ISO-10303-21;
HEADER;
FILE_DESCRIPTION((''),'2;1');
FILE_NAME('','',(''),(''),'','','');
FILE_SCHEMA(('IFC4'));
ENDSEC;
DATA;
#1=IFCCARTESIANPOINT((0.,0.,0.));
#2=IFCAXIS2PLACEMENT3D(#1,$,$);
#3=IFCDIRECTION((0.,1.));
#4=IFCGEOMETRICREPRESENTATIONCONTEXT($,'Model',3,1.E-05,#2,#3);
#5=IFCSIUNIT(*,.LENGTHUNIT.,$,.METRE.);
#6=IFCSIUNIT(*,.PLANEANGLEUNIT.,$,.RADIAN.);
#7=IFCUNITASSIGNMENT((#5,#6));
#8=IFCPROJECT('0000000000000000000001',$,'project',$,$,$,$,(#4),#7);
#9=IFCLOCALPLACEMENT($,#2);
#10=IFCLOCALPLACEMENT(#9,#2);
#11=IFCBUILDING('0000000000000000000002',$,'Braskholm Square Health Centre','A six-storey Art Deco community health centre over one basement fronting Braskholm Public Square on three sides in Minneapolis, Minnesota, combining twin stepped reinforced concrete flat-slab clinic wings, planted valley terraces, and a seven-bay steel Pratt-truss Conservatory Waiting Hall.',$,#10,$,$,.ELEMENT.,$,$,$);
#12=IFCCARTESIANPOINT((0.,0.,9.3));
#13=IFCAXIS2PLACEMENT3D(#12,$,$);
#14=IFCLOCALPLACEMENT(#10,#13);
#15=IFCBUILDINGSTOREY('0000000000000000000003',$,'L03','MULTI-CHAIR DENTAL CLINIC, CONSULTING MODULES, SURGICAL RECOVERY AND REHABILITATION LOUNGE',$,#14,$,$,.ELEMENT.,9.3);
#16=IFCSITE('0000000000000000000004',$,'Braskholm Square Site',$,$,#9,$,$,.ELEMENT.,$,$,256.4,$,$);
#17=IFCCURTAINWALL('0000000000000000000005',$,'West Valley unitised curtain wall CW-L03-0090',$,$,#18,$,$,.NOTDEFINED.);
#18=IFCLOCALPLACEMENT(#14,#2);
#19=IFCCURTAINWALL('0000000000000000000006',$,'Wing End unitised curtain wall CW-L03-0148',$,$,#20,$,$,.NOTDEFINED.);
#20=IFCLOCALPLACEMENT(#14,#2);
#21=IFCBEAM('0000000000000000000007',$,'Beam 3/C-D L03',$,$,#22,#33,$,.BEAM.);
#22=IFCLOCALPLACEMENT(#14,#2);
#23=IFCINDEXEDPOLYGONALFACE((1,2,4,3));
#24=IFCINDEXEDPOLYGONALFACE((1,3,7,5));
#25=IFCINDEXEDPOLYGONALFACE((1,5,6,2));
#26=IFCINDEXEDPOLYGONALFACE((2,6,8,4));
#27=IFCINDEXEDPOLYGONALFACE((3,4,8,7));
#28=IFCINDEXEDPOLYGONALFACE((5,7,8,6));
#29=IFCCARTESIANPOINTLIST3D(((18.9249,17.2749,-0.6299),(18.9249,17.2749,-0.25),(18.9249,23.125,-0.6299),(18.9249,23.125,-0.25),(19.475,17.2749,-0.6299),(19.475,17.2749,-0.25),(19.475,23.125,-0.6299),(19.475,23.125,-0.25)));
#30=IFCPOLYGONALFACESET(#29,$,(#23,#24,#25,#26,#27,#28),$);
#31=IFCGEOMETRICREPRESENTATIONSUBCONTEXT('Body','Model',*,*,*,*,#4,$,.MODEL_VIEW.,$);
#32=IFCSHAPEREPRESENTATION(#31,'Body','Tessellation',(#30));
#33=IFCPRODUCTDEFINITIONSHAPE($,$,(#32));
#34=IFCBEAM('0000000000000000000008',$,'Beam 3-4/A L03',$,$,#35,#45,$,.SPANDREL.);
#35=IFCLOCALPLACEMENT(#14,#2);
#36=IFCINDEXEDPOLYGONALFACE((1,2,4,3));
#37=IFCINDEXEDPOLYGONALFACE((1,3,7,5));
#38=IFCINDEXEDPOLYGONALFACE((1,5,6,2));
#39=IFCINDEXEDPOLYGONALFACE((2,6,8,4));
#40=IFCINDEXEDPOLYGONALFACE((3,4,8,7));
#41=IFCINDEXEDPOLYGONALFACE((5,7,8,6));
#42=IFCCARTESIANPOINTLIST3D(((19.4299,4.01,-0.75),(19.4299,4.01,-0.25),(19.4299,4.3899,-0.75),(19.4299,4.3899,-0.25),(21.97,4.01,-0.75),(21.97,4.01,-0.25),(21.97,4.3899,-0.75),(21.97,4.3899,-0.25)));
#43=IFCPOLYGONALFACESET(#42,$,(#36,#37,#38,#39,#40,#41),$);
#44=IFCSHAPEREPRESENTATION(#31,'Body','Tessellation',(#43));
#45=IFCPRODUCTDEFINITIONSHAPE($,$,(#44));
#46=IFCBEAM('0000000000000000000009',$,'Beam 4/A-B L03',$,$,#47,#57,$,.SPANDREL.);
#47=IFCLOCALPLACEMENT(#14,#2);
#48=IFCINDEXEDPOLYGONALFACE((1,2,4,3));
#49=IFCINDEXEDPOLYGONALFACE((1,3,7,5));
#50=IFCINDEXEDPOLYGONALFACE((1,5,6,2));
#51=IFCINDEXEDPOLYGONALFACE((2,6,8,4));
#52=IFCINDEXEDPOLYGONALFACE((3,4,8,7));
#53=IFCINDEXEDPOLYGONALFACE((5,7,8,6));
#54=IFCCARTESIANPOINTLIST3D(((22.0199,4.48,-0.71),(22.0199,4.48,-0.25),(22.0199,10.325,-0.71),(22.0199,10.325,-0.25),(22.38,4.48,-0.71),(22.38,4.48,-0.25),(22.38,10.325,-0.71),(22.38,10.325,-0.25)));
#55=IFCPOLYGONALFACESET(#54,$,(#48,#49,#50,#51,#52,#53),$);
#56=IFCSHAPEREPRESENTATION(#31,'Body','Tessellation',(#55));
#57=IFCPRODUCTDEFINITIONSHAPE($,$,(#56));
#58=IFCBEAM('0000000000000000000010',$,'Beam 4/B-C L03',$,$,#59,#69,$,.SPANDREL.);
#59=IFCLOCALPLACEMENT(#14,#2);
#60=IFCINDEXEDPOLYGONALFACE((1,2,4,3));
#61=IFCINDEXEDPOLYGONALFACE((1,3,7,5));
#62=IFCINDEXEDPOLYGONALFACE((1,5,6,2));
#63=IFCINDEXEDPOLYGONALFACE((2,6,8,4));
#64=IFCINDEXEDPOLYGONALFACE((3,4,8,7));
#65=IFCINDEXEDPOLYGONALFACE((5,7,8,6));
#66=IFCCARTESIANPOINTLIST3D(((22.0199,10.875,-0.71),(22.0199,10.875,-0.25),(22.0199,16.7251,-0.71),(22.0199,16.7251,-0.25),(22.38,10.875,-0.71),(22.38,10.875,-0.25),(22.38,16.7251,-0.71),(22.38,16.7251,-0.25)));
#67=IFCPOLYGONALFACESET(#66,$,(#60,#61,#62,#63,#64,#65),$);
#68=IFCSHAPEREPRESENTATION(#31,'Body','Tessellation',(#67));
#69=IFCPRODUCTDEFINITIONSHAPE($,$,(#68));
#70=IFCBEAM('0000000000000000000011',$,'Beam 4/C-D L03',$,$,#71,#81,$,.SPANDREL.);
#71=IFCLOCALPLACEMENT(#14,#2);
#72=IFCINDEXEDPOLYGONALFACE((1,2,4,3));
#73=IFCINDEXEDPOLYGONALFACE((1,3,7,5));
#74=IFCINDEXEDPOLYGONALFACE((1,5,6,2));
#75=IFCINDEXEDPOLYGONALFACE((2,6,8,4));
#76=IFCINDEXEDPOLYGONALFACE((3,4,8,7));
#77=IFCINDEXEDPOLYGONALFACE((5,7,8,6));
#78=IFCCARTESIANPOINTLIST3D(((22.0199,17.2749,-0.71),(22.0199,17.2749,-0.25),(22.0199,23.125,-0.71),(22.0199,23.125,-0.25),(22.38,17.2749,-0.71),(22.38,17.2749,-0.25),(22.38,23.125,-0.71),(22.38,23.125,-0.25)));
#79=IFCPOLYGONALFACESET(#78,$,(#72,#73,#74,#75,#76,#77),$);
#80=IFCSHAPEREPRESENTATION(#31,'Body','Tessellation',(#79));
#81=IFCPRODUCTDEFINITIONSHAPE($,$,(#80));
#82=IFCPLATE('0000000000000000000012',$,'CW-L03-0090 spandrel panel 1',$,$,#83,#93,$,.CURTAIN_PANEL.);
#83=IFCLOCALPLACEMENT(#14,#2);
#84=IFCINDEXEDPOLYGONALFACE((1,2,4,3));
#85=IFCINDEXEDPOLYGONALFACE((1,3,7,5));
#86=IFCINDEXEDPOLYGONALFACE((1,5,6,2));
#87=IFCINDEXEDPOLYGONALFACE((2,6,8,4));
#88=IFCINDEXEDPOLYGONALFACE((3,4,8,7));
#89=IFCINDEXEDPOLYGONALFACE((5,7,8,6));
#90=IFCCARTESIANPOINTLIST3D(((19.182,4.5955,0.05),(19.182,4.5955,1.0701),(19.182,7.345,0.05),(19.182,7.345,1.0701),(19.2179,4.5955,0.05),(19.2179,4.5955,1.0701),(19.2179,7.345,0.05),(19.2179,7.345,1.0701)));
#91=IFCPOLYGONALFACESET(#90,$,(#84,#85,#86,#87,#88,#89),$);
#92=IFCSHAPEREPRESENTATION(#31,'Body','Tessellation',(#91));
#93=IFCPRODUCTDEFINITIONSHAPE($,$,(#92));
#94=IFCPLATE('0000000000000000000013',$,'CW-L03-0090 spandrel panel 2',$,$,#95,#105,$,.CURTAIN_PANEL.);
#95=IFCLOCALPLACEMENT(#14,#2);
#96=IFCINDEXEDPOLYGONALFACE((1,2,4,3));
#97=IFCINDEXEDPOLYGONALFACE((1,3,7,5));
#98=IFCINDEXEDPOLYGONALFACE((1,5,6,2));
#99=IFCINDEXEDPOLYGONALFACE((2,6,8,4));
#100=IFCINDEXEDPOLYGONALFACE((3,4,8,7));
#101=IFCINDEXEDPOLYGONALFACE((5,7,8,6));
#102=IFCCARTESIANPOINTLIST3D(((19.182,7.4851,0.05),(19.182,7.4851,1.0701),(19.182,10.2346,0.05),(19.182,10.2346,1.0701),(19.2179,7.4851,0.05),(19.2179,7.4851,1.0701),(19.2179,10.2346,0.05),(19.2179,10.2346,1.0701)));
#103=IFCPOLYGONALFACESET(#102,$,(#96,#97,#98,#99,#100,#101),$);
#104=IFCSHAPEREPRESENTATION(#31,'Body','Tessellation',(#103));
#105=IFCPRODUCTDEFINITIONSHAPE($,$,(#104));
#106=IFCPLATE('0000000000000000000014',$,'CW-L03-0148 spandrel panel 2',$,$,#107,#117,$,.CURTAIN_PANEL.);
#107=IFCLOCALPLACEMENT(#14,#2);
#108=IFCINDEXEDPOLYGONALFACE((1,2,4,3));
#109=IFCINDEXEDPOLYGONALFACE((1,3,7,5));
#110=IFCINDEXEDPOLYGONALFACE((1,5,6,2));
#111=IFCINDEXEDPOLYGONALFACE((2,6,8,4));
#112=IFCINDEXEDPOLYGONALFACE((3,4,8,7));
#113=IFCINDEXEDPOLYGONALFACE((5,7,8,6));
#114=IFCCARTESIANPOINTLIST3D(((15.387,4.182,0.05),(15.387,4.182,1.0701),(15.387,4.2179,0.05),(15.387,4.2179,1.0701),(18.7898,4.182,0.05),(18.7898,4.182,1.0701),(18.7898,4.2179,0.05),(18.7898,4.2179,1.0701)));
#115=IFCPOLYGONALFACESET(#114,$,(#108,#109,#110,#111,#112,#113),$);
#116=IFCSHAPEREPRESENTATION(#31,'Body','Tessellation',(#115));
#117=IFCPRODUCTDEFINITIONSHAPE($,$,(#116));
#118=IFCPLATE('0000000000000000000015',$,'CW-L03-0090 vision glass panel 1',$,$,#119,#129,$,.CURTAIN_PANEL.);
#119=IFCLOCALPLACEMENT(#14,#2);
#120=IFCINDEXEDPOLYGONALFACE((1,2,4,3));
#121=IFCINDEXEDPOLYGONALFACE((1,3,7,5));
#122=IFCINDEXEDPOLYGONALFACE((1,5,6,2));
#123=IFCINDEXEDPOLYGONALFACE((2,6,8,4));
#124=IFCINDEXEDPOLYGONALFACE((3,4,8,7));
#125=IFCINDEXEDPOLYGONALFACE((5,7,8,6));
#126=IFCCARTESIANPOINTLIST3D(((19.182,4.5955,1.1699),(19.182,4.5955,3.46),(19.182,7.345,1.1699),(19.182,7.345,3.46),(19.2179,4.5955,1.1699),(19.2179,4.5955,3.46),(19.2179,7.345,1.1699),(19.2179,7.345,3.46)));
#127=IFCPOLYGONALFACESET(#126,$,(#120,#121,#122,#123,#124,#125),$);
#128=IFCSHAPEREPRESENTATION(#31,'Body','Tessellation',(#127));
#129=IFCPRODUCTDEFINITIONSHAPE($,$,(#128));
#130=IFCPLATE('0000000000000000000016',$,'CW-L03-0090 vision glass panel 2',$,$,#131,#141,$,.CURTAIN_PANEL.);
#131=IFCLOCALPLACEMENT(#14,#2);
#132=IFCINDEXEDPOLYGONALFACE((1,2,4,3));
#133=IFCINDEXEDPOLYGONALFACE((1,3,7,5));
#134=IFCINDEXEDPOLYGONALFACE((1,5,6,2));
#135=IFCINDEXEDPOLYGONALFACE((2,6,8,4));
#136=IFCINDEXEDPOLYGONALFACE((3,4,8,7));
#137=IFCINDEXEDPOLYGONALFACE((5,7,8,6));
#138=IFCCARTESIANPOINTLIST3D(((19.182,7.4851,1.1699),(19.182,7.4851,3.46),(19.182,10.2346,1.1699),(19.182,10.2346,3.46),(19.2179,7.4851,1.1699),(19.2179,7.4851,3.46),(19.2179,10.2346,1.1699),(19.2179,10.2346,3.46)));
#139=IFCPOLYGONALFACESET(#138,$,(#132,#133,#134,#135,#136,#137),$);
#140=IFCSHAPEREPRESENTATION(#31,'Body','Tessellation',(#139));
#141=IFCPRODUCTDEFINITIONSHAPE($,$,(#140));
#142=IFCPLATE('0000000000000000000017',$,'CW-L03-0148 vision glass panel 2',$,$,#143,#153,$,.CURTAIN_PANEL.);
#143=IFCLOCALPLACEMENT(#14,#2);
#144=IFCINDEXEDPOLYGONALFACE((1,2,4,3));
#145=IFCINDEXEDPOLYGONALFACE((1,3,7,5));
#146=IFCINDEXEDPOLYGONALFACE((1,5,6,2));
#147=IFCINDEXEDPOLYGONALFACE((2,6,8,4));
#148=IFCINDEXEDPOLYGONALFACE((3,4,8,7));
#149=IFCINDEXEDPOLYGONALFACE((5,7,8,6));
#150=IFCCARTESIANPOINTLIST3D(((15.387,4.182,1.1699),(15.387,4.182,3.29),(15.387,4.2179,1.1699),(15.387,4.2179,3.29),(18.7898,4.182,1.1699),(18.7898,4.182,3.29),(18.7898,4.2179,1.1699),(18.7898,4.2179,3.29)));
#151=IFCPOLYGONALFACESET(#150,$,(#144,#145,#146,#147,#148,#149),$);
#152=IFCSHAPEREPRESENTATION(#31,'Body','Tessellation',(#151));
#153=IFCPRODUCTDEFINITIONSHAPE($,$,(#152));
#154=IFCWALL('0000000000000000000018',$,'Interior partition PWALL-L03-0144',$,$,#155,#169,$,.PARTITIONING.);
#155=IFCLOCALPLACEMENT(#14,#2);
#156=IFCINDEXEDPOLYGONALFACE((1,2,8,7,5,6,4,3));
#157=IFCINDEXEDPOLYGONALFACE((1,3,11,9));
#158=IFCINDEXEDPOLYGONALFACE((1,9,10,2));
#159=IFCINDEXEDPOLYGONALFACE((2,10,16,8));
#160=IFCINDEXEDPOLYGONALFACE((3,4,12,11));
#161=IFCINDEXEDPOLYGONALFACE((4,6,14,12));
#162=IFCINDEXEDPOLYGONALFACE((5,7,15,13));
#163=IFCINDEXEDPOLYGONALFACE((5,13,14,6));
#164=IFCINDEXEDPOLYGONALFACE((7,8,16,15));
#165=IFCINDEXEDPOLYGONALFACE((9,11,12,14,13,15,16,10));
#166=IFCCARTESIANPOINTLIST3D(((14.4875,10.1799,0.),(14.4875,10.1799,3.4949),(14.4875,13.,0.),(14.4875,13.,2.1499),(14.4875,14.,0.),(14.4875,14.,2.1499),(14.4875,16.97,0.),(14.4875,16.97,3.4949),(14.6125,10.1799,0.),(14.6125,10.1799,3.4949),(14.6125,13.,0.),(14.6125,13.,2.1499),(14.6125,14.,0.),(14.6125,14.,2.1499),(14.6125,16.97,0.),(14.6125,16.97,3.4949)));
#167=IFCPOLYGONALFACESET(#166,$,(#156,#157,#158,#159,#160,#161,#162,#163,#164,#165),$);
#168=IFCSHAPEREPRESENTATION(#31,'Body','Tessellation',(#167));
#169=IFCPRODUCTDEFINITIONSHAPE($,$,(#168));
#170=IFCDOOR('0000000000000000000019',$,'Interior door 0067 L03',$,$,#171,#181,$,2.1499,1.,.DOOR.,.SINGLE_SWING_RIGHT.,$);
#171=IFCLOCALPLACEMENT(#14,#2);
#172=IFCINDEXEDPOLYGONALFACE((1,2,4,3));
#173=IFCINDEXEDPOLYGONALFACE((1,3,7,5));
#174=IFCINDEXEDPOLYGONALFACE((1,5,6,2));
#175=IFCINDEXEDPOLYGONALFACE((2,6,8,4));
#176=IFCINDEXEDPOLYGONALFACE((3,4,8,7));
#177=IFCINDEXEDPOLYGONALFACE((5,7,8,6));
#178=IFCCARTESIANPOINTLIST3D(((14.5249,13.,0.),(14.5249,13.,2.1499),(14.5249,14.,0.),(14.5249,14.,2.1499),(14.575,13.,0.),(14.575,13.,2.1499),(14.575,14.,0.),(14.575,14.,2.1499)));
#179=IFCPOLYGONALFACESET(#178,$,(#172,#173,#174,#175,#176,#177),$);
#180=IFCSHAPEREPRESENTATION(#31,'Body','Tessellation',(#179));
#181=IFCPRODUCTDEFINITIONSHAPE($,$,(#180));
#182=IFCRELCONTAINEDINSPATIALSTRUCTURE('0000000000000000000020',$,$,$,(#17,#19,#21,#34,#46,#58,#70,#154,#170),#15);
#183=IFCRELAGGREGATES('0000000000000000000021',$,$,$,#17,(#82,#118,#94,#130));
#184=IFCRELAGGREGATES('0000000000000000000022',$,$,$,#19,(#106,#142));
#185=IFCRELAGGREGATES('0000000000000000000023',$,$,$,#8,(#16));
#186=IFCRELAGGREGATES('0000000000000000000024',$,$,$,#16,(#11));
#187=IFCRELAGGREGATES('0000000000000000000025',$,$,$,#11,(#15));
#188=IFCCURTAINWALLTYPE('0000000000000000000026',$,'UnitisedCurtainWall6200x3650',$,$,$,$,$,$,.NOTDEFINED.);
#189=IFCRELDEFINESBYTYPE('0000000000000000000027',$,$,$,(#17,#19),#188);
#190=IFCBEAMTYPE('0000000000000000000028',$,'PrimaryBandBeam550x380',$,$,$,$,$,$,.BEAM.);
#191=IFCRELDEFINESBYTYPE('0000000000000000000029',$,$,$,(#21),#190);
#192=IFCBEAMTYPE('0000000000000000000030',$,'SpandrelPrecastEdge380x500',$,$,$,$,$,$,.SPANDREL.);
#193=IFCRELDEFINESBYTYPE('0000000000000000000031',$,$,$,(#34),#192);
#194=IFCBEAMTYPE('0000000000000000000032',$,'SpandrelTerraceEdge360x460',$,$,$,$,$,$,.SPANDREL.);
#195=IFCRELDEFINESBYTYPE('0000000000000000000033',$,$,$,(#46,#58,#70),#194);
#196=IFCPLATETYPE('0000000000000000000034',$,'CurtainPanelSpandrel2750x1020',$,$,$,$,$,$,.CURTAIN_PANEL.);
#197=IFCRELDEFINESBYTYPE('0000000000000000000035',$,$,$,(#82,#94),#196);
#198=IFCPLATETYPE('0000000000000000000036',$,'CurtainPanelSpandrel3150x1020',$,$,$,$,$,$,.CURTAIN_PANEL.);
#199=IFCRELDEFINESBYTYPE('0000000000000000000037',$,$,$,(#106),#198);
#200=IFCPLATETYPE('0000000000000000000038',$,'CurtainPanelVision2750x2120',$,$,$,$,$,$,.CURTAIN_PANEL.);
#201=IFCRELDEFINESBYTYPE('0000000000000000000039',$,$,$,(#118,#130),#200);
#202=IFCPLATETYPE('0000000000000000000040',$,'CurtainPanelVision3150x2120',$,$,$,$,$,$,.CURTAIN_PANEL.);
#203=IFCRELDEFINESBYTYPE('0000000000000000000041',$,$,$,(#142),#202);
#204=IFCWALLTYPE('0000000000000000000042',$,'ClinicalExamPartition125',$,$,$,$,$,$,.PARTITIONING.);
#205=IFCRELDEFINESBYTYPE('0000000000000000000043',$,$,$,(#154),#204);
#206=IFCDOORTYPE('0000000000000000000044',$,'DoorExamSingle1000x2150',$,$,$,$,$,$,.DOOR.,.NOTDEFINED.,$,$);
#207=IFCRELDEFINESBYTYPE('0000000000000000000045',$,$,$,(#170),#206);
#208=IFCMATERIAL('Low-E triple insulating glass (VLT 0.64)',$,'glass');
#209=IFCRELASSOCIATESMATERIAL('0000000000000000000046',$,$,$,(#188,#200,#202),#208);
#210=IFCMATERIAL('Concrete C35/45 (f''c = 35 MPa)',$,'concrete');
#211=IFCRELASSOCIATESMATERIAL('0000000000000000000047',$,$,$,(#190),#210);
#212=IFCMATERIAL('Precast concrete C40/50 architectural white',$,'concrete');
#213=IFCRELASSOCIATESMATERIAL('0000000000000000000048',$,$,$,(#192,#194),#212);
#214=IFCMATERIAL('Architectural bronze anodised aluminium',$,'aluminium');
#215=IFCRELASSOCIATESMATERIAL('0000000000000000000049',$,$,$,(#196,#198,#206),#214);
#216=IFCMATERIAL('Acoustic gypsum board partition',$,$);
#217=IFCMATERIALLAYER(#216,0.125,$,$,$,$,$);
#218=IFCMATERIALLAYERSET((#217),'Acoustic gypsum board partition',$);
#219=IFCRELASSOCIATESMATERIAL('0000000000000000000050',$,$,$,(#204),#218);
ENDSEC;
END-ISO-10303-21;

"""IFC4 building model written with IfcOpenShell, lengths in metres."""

from ifc_helpers import new_model, si_unit, direction, frame, frame_2d, origin, origin_2d, place, context, subcontext, project, spatial, rectangle, extrude, material, layer, layer_set, material_profile, profile_set, type_object, element, fill, aggregate, save


model = new_model("IFC4")

# Units and contexts
model_context = context("Model", 3, precision=1e-05, world=origin(), true_north=direction((0.0, 1.0)))
body_context = subcontext(model_context, "Body", "Model", "MODEL_VIEW")
ifc_project = project(units=[si_unit("LENGTHUNIT", "METRE"), si_unit("PLANEANGLEUNIT", "RADIAN")], contexts=[model_context])

# Site, building, storey
site_placement = place(None, origin())
site = spatial("IfcSite", under=ifc_project, at=site_placement, Name="Braskholm Square Site", CompositionType="ELEMENT", RefElevation=256.4)
building_placement = place(site_placement, origin())
building = spatial("IfcBuilding", under=site, at=building_placement, Name="Braskholm Square Health Centre", Description="A six-storey Art Deco community health centre over one basement fronting Braskholm Public Square on three sides in Minneapolis, Minnesota, combining twin stepped reinforced concrete flat-slab clinic wings, planted valley terraces, and a seven-bay steel Pratt-truss Conservatory Waiting Hall.", CompositionType="ELEMENT")
storey_placement = place(building_placement, frame((0.0, 0.0, 9.3)))
storey = spatial("IfcBuildingStorey", under=building, at=storey_placement, Name="L03", Description="MULTI-CHAIR DENTAL CLINIC, CONSULTING MODULES, SURGICAL RECOVERY AND REHABILITATION LOUNGE", CompositionType="ELEMENT", Elevation=9.3)

# Shared definitions
ifc_material_1 = material(Name="Precast concrete C40/50 architectural white", Category="concrete")

# Curtain walls
ifc_material_2 = material(Name="Low-E triple insulating glass (VLT 0.64)", Category="glass")
curtain_wall_type = type_object("IfcCurtainWallType", Name="UnitisedCurtainWall6200x3650", PredefinedType="NOTDEFINED", material=ifc_material_2)
curtain_wall_1_placement = place(storey_placement, origin())
curtain_wall_1 = element("IfcCurtainWall", 1, at=curtain_wall_1_placement, inside=storey, type_object=curtain_wall_type, Name="West Valley unitised curtain wall CW-L03-0090", PredefinedType="NOTDEFINED")
ifc_material_3 = material(Name="Architectural bronze anodised aluminium", Category="aluminium")
curtain_wall_2_placement = place(storey_placement, origin())
curtain_wall_2 = element("IfcCurtainWall", 2, at=curtain_wall_2_placement, inside=storey, type_object=curtain_wall_type, Name="Wing End unitised curtain wall CW-L03-0148", PredefinedType="NOTDEFINED")

# Beams
ifc_material_4 = material(Name="Concrete C35/45 (f'c = 35 MPa)", Category="concrete")
ifc_material_profile_1 = material_profile(ifc_material_4, rectangle(XDim=0.55, YDim=0.3799, at=origin_2d()), Name="RCB-550X380")
ifc_profile_set_1 = profile_set([ifc_material_profile_1], Name="Concrete C35/45 (f'c = 35 MPa)")
beam_type_1 = type_object("IfcBeamType", Name="PrimaryBandBeam550x380", PredefinedType="BEAM", material=ifc_profile_set_1)
for number, where, z_axis, x_axis, name in (
    (3, (19.2, 17.2749, -0.4399), (0.0, 1.0, 0.0), (-1.0, 0.0, 0.0), "Beam 3/C-D L03"),
):
    element("IfcBeam", number, at=place(storey_placement, frame(where, z_axis=z_axis, x_axis=x_axis)), inside=storey, type_object=beam_type_1, Name=name, PredefinedType="BEAM", context=body_context, shape_type="SweptSolid", body=[
        extrude(rectangle(XDim=0.55, YDim=0.3799, at=origin_2d()), origin(), (0.0, 0.0, 1.0), 5.8501),
    ])
ifc_material_profile_2 = material_profile(ifc_material_1, rectangle(XDim=0.3799, YDim=0.5, at=origin_2d()), Name="RCB-380X500")
ifc_profile_set_2 = profile_set([ifc_material_profile_2], Name="Precast concrete C40/50 architectural white")
beam_type_2 = type_object("IfcBeamType", Name="SpandrelPrecastEdge380x500", PredefinedType="SPANDREL", material=ifc_profile_set_2)
beam_1_placement = place(storey_placement, frame((19.4299, 4.2, -0.5), z_axis=(1.0, 0.0, 0.0), x_axis=(0.0, 1.0, 0.0)))
element("IfcBeam", 4, at=beam_1_placement, inside=storey, type_object=beam_type_2, Name="Beam 3-4/A L03", PredefinedType="SPANDREL", context=body_context, shape_type="SweptSolid", body=[
    extrude(rectangle(XDim=0.3799, YDim=0.5, at=origin_2d()), origin(), (0.0, 0.0, 1.0), 2.54),
])
ifc_material_profile_3 = material_profile(ifc_material_1, rectangle(XDim=0.3601, YDim=0.46, at=origin_2d()), Name="RCB-360X460")
ifc_profile_set_3 = profile_set([ifc_material_profile_3], Name="Precast concrete C40/50 architectural white")
beam_type_3 = type_object("IfcBeamType", Name="SpandrelTerraceEdge360x460", PredefinedType="SPANDREL", material=ifc_profile_set_3)
beam_2_placement = place(storey_placement, frame((22.2, 4.48, -0.48), z_axis=(0.0, 1.0, 0.0), x_axis=(-1.0, 0.0, 0.0)))
element("IfcBeam", 5, at=beam_2_placement, inside=storey, type_object=beam_type_3, Name="Beam 4/A-B L03", PredefinedType="SPANDREL", context=body_context, shape_type="SweptSolid", body=[
    extrude(rectangle(XDim=0.3601, YDim=0.46, at=origin_2d()), origin(), (0.0, 0.0, 1.0), 5.845),
])
for number, where, z_axis, x_axis, name in (
    (6, (22.2, 10.875, -0.48), (0.0, 1.0, 0.0), (-1.0, 0.0, 0.0), "Beam 4/B-C L03"),
    (7, (22.2, 17.2749, -0.48), (0.0, 1.0, 0.0), (-1.0, 0.0, 0.0), "Beam 4/C-D L03"),
):
    element("IfcBeam", number, at=place(storey_placement, frame(where, z_axis=z_axis, x_axis=x_axis)), inside=storey, type_object=beam_type_3, Name=name, PredefinedType="SPANDREL", context=body_context, shape_type="SweptSolid", body=[
        extrude(rectangle(XDim=0.3601, YDim=0.46, at=origin_2d()), origin(), (0.0, 0.0, 1.0), 5.8501),
    ])

# Plates
plate_type_1 = type_object("IfcPlateType", Name="CurtainPanelSpandrel2750x1020", PredefinedType="CURTAIN_PANEL", material=ifc_material_3)
plate_1_placement = place(storey_placement, frame((19.2, 5.9702, 0.05), z_axis=(0.0, 0.0, 1.0), x_axis=(0.0, 1.0, 0.0)))
plate_1 = element("IfcPlate", 8, at=plate_1_placement, type_object=plate_type_1, Name="CW-L03-0090 spandrel panel 1", PredefinedType="CURTAIN_PANEL", context=body_context, shape_type="SweptSolid", body=[
    extrude(rectangle(XDim=2.7495, YDim=0.0359, at=origin_2d()), origin(), (0.0, 0.0, 1.0), 1.02),
])
plate_2_placement = place(storey_placement, frame((19.2, 8.8599, 0.05), z_axis=(0.0, 0.0, 1.0), x_axis=(0.0, 1.0, 0.0)))
plate_2 = element("IfcPlate", 9, at=plate_2_placement, type_object=plate_type_1, Name="CW-L03-0090 spandrel panel 2", PredefinedType="CURTAIN_PANEL", context=body_context, shape_type="SweptSolid", body=[
    extrude(rectangle(XDim=2.7495, YDim=0.0359, at=origin_2d()), origin(), (0.0, 0.0, 1.0), 1.02),
])
plate_type_2 = type_object("IfcPlateType", Name="CurtainPanelSpandrel3150x1020", PredefinedType="CURTAIN_PANEL", material=ifc_material_3)
plate_3_placement = place(storey_placement, frame((17.0884, 4.2, 0.05), z_axis=(0.0, 0.0, 1.0), x_axis=(1.0, 0.0, 0.0)))
plate_3 = element("IfcPlate", 10, at=plate_3_placement, type_object=plate_type_2, Name="CW-L03-0148 spandrel panel 2", PredefinedType="CURTAIN_PANEL", context=body_context, shape_type="SweptSolid", body=[
    extrude(rectangle(XDim=3.4028, YDim=0.0359, at=origin_2d()), origin(), (0.0, 0.0, 1.0), 1.02),
])
plate_type_3 = type_object("IfcPlateType", Name="CurtainPanelVision2750x2120", PredefinedType="CURTAIN_PANEL", material=ifc_material_2)
plate_4_placement = place(storey_placement, frame((19.2, 5.9702, 1.1699), z_axis=(0.0, 0.0, 1.0), x_axis=(0.0, 1.0, 0.0)))
plate_4 = element("IfcPlate", 11, at=plate_4_placement, type_object=plate_type_3, Name="CW-L03-0090 vision glass panel 1", PredefinedType="CURTAIN_PANEL", context=body_context, shape_type="SweptSolid", body=[
    extrude(rectangle(XDim=2.7495, YDim=0.0359, at=origin_2d()), origin(), (0.0, 0.0, 1.0), 2.29),
])
plate_5_placement = place(storey_placement, frame((19.2, 8.8599, 1.1699), z_axis=(0.0, 0.0, 1.0), x_axis=(0.0, 1.0, 0.0)))
plate_5 = element("IfcPlate", 12, at=plate_5_placement, type_object=plate_type_3, Name="CW-L03-0090 vision glass panel 2", PredefinedType="CURTAIN_PANEL", context=body_context, shape_type="SweptSolid", body=[
    extrude(rectangle(XDim=2.7495, YDim=0.0359, at=origin_2d()), origin(), (0.0, 0.0, 1.0), 2.29),
])
aggregate(curtain_wall_1, [plate_1, plate_4, plate_2, plate_5])
plate_type_4 = type_object("IfcPlateType", Name="CurtainPanelVision3150x2120", PredefinedType="CURTAIN_PANEL", material=ifc_material_2)
plate_6_placement = place(storey_placement, frame((17.0884, 4.2, 1.1699), z_axis=(0.0, 0.0, 1.0), x_axis=(1.0, 0.0, 0.0)))
plate_6 = element("IfcPlate", 13, at=plate_6_placement, type_object=plate_type_4, Name="CW-L03-0148 vision glass panel 2", PredefinedType="CURTAIN_PANEL", context=body_context, shape_type="SweptSolid", body=[
    extrude(rectangle(XDim=3.4028, YDim=0.0359, at=origin_2d()), origin(), (0.0, 0.0, 1.0), 2.1201),
])
aggregate(curtain_wall_2, [plate_3, plate_6])

# Wall, opening, door
ifc_material_5 = material(Name="Acoustic gypsum board partition")
ifc_layer_1 = layer(ifc_material_5, 0.125)
ifc_layer_set_1 = layer_set([ifc_layer_1], Name="Acoustic gypsum board partition")
wall_type_1 = type_object("IfcWallType", Name="ClinicalExamPartition125", PredefinedType="PARTITIONING", material=ifc_layer_set_1)
wall_1_placement = place(storey_placement, frame((14.55, 10.1799, 0.0), z_axis=(0.0, 0.0, 1.0), x_axis=(0.0, 1.0, 0.0)))
wall_1 = element("IfcWall", 14, at=wall_1_placement, inside=storey, type_object=wall_type_1, Name="Interior partition PWALL-L03-0144", PredefinedType="PARTITIONING", context=body_context, shape_type="SweptSolid", body=[
    extrude(rectangle(XDim=6.79, YDim=0.125, at=frame_2d((3.395, 0.0))), origin(), (0.0, 0.0, 1.0), 3.4949),
])
opening_1_placement = place(wall_1_placement, frame((2.8201, 0.0, 0.0)))
opening_1 = element("IfcOpeningElement", 15, at=opening_1_placement, cuts=wall_1, PredefinedType="OPENING", context=body_context, shape_type="SweptSolid", body=[
    extrude(rectangle(XDim=1.0, YDim=2.1499, at=frame_2d((0.5, 1.075))), frame((0.0, 0.0725, 0.0), z_axis=(0.0, -1.0, 0.0), x_axis=(1.0, 0.0, 0.0)), (0.0, 0.0, 1.0), 0.145),
])
door_type_1 = type_object("IfcDoorType", Name="DoorExamSingle1000x2150", OperationType="NOTDEFINED", PredefinedType="DOOR", material=ifc_material_3)
door_1_placement = place(opening_1_placement, frame((1.0, 0.0, 0.0), z_axis=(0.0, 0.0, 1.0), x_axis=(-1.0, 0.0, 0.0)))
door_1 = element("IfcDoor", 16, at=door_1_placement, inside=storey, type_object=door_type_1, Name="Interior door 0067 L03", OperationType="SINGLE_SWING_RIGHT", OverallHeight=2.1499, OverallWidth=1.0, PredefinedType="DOOR", context=body_context, shape_type="SweptSolid", body=[
    extrude(rectangle(XDim=1.0, YDim=2.1499, at=frame_2d((0.5, 1.075))), frame((0.0, 0.0249, 0.0), z_axis=(0.0, -1.0, 0.0), x_axis=(1.0, 0.0, 0.0)), (0.0, 0.0, 1.0), 0.05),
])
fill(opening_1, door_1)

save(model, "model.ifc")
